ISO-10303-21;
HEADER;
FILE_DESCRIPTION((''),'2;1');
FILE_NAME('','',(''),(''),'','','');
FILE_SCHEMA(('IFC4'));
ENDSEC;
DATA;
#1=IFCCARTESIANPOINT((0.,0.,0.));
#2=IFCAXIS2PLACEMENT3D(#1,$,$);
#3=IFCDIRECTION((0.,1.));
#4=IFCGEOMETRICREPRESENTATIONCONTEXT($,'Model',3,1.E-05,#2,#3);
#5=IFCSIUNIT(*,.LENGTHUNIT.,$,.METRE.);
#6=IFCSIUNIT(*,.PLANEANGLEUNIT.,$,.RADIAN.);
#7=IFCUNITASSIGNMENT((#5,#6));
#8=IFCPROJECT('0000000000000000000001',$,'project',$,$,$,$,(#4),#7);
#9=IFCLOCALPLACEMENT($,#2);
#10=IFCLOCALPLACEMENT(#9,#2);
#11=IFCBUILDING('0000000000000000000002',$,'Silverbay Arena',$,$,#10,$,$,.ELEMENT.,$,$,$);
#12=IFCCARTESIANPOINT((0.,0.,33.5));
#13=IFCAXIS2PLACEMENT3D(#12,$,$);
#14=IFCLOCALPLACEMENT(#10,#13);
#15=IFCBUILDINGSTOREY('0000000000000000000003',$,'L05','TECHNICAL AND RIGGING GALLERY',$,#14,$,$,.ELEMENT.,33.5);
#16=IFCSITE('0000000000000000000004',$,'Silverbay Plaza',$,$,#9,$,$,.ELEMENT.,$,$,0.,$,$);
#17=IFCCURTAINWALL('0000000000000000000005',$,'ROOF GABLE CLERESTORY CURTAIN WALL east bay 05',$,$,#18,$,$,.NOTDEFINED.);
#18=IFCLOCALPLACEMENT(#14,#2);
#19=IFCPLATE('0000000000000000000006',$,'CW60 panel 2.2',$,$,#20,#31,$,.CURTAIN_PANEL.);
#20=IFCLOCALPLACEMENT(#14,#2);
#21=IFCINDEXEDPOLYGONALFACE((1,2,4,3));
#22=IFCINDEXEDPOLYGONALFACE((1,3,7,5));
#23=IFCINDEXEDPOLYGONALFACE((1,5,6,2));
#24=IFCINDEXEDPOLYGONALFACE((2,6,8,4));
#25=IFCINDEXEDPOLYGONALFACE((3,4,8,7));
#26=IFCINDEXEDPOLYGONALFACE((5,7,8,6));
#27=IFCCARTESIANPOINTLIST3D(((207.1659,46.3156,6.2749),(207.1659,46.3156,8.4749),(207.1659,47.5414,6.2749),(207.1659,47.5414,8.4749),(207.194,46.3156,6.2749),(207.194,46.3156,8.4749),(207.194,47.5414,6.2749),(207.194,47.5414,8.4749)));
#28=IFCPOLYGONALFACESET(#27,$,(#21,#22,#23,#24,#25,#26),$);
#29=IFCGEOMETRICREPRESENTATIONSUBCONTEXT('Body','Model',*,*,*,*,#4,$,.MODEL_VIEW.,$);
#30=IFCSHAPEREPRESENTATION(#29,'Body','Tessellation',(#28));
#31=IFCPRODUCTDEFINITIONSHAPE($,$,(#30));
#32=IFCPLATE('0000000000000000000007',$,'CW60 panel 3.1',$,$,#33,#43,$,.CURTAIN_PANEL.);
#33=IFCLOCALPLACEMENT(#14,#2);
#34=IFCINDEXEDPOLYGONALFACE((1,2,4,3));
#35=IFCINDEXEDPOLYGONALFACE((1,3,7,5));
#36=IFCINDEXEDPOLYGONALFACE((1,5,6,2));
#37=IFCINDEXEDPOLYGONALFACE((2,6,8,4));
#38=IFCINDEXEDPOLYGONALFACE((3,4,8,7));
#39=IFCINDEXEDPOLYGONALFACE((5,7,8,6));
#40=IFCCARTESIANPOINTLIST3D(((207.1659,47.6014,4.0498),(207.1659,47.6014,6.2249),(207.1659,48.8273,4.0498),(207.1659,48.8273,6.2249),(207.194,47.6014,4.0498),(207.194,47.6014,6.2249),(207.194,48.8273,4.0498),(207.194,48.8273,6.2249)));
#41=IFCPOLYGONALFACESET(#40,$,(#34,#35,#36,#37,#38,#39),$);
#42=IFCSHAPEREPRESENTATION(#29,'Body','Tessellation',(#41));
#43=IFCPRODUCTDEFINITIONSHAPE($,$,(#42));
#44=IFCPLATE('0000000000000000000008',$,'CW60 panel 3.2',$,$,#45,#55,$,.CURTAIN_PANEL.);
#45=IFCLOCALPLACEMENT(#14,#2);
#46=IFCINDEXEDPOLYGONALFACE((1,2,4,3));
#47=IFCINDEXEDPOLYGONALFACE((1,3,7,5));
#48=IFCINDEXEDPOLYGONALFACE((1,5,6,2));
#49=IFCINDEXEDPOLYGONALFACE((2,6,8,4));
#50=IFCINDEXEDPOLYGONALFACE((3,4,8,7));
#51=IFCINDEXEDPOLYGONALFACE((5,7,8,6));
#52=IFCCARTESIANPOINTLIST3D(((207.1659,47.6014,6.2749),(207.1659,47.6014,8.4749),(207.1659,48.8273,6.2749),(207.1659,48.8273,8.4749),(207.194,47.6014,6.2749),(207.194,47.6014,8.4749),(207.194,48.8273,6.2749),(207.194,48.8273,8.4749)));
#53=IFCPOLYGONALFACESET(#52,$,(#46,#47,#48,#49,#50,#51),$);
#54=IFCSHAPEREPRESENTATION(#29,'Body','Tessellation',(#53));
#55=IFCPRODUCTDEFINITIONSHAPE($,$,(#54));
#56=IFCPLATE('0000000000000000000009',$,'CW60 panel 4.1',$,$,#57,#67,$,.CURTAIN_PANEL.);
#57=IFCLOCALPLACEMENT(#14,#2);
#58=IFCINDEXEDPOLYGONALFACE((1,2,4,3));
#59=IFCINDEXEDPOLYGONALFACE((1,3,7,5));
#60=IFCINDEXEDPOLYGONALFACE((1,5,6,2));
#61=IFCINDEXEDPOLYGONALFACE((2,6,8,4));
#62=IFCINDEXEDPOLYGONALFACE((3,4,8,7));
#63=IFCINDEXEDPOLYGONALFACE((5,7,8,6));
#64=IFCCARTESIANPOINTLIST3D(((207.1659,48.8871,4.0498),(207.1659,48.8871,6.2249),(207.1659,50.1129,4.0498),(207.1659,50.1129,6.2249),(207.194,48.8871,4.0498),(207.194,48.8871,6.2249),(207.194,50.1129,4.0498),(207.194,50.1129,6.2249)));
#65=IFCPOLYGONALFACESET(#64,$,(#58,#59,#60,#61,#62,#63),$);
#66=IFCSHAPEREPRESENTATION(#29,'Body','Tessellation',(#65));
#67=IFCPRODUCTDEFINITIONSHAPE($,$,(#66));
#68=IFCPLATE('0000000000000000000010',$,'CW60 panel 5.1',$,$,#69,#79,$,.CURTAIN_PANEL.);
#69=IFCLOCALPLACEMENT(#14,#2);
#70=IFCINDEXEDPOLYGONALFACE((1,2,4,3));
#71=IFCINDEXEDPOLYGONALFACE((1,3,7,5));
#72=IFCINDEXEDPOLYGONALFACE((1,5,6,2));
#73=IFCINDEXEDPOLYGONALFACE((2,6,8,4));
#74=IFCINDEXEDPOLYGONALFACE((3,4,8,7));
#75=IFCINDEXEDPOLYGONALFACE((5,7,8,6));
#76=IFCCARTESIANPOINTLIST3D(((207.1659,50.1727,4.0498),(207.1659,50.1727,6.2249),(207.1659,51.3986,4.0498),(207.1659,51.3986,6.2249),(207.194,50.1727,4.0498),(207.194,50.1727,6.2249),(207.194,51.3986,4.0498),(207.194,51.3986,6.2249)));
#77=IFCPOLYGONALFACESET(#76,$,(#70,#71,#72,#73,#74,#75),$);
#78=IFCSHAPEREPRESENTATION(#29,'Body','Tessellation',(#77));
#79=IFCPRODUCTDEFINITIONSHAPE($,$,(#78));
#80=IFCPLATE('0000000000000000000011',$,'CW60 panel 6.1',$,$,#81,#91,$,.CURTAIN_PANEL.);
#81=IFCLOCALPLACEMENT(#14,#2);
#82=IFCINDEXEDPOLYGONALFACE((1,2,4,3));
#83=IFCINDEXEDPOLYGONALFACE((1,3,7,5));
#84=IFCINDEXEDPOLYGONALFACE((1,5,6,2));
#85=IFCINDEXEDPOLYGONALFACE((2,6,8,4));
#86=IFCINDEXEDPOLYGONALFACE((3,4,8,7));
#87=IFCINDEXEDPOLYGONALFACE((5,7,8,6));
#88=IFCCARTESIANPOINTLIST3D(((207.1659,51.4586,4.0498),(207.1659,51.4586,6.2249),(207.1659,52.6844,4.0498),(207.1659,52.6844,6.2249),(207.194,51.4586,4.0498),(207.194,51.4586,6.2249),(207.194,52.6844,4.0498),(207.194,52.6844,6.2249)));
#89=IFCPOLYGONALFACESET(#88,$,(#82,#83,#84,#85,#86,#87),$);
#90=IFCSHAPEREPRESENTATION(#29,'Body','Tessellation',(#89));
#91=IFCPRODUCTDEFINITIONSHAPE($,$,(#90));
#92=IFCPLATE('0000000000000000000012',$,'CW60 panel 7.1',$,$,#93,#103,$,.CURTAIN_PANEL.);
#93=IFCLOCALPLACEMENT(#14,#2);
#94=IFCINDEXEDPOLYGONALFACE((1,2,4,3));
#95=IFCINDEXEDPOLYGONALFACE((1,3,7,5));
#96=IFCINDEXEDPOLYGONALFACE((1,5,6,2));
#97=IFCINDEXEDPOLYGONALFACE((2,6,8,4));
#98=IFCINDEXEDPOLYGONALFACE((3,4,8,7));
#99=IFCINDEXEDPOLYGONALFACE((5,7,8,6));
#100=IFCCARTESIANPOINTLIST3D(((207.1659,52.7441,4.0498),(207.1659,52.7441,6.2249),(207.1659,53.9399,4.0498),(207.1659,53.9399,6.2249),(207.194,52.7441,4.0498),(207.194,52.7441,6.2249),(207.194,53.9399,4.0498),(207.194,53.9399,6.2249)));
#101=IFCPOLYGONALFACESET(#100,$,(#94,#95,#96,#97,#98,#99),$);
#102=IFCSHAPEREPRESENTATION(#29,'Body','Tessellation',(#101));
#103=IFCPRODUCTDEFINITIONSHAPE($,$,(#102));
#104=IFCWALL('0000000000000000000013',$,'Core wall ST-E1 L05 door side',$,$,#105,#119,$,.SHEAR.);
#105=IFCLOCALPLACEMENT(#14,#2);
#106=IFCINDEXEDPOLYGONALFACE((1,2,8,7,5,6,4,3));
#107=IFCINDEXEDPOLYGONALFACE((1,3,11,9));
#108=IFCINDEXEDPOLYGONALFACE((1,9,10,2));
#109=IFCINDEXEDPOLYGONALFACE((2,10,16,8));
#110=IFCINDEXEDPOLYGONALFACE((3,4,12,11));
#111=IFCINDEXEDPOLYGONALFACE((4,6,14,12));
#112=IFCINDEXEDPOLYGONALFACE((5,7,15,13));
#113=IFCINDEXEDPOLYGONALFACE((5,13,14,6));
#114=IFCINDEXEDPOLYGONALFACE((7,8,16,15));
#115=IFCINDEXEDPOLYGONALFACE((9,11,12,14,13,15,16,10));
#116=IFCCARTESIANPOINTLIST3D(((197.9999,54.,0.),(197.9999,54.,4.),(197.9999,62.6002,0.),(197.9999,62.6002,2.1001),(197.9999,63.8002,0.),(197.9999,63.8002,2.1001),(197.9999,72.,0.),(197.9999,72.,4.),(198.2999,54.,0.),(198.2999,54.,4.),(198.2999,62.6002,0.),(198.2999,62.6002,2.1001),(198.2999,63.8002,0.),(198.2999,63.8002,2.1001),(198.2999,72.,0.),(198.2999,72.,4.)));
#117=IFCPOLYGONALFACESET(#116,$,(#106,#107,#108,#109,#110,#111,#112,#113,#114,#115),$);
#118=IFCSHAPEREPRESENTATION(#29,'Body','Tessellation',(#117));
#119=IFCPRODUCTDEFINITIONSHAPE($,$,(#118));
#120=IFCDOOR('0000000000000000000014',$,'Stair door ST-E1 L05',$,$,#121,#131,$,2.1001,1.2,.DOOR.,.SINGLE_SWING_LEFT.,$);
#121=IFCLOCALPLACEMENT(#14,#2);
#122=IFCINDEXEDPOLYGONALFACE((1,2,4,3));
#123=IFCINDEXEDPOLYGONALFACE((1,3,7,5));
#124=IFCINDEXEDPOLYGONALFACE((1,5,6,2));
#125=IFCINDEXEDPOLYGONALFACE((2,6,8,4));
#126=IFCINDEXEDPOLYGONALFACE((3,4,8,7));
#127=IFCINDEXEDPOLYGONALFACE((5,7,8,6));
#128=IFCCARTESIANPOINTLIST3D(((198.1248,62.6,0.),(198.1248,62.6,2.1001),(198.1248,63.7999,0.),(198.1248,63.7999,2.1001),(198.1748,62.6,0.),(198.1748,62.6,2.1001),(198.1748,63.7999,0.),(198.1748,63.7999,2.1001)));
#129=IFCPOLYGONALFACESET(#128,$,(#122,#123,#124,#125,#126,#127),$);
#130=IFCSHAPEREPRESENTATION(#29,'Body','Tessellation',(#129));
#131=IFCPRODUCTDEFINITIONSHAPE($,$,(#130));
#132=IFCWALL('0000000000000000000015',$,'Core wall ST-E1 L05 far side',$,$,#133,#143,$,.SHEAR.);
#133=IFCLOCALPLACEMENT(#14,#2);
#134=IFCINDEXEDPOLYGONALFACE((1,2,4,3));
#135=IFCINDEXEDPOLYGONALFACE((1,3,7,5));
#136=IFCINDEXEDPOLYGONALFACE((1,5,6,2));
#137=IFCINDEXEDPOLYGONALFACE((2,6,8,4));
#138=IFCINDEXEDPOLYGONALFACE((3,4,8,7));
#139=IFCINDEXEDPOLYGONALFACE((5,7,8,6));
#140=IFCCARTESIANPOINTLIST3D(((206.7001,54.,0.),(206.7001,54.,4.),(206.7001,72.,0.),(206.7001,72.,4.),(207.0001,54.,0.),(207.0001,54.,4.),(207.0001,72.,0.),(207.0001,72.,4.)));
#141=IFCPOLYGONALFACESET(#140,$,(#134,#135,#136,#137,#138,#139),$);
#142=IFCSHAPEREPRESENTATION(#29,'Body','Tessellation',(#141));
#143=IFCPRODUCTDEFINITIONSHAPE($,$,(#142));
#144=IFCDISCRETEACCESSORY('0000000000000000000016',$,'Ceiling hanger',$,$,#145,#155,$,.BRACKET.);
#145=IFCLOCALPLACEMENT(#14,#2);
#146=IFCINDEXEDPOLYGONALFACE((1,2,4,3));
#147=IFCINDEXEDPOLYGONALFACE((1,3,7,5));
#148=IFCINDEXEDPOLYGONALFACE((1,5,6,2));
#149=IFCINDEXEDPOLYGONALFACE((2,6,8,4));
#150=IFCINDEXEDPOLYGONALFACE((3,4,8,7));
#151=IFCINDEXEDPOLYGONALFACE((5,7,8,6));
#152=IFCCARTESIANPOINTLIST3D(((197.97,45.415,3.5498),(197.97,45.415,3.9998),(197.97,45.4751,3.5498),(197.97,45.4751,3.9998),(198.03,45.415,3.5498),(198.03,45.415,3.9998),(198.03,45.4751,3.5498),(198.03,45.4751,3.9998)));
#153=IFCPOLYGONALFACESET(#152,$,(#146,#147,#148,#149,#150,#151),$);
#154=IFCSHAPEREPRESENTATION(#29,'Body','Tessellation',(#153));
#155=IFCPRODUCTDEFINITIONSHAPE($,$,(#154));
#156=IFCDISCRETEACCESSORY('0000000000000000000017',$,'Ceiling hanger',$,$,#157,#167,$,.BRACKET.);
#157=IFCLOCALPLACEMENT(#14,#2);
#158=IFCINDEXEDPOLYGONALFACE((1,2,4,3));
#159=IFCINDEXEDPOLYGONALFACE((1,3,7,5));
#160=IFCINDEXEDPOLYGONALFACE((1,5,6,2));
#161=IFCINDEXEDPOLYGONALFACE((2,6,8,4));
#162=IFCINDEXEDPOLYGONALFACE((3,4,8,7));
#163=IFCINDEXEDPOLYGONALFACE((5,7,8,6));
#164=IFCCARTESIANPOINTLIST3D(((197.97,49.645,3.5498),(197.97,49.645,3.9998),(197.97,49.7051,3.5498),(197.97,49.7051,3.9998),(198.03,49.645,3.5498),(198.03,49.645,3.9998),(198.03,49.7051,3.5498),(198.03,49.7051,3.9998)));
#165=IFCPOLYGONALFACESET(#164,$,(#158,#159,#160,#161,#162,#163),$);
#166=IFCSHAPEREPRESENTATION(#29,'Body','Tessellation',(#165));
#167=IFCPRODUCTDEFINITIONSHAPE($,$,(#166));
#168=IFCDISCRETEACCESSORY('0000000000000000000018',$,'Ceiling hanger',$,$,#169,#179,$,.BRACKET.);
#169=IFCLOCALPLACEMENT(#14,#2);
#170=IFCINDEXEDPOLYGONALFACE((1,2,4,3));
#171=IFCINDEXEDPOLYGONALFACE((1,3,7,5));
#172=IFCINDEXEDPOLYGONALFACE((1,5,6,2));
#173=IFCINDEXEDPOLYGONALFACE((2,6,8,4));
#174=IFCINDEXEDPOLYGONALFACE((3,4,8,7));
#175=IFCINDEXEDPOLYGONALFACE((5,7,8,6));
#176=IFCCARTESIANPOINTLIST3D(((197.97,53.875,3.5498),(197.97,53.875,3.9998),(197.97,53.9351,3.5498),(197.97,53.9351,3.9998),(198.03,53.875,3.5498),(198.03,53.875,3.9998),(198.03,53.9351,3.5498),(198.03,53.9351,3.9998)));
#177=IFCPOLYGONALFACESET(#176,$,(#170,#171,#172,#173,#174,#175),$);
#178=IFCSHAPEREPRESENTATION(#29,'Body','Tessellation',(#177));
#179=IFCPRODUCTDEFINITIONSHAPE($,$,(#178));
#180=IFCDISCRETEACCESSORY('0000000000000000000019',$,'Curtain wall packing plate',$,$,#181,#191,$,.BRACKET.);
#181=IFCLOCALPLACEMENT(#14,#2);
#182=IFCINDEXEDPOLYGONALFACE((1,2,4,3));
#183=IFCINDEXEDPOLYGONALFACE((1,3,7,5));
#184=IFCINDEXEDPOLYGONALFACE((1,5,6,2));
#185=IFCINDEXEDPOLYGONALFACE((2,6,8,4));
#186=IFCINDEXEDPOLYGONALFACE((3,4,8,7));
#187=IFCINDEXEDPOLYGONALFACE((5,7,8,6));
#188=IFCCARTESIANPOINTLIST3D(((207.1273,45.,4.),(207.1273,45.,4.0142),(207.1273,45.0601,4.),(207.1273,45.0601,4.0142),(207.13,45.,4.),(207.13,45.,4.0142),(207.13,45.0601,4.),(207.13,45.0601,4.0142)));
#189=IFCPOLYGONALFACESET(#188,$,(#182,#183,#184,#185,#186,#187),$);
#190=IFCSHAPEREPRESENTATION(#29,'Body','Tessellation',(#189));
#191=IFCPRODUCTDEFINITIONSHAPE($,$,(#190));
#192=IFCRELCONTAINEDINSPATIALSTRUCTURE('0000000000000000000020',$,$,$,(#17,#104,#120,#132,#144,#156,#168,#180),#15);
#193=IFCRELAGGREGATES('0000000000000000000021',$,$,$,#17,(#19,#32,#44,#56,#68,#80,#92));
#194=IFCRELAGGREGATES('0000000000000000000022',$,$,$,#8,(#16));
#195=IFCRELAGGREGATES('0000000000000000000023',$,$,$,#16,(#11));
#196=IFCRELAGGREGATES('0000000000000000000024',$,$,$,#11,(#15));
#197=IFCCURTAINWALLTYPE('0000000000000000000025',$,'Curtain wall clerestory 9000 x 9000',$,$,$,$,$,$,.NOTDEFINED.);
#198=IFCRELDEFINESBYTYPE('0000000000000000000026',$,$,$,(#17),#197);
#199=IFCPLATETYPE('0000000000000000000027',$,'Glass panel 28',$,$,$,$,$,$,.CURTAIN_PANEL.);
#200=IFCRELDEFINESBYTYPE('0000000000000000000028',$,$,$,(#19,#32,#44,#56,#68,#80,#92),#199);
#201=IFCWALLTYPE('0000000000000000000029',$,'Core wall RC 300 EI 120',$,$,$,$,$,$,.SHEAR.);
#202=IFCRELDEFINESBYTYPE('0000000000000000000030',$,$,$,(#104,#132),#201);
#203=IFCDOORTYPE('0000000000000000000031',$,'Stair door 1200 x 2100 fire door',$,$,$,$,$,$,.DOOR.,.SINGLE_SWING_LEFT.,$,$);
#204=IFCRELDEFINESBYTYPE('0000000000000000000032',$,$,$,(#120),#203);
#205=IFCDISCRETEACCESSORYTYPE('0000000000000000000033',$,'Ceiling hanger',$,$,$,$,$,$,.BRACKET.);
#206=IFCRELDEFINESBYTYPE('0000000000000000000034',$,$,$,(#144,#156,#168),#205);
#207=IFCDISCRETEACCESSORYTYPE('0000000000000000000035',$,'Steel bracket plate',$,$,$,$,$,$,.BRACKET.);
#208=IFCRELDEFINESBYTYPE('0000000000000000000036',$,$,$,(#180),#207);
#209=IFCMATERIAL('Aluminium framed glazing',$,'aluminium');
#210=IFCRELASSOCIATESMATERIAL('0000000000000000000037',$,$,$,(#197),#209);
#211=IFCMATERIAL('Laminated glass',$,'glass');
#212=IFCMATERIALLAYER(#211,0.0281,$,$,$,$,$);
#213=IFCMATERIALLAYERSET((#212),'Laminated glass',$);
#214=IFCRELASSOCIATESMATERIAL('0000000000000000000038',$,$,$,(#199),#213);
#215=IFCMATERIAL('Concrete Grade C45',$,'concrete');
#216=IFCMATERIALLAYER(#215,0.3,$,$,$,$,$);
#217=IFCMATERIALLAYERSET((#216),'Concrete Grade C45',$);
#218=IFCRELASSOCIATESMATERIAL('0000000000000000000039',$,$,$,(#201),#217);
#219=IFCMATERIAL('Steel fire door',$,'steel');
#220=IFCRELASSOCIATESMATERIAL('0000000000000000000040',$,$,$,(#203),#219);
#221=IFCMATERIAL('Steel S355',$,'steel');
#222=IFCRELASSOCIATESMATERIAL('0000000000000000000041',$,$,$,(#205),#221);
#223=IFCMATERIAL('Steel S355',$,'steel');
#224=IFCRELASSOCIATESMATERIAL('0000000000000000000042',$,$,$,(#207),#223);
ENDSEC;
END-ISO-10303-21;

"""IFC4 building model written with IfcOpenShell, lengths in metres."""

from ifc_helpers import new_model, si_unit, direction, frame, frame_2d, origin, origin_2d, place, context, subcontext, project, spatial, rectangle, extrude, material, layer, layer_set, type_object, element, fill, aggregate, save


model = new_model("IFC4")

# Units and contexts
model_context = context("Model", 3, precision=1e-05, world=origin(), true_north=direction((0.0, 1.0)))
body_context = subcontext(model_context, "Body", "Model", "MODEL_VIEW")
ifc_project = project(units=[si_unit("LENGTHUNIT", "METRE"), si_unit("PLANEANGLEUNIT", "RADIAN")], contexts=[model_context])

# Site, building, storey
site_placement = place(None, origin())
site = spatial("IfcSite", under=ifc_project, at=site_placement, Name="Silverbay Plaza", CompositionType="ELEMENT", RefElevation=0.0)
building_placement = place(site_placement, origin())
building = spatial("IfcBuilding", under=site, at=building_placement, Name="Silverbay Arena", CompositionType="ELEMENT")
storey_placement = place(building_placement, frame((0.0, 0.0, 33.5)))
storey = spatial("IfcBuildingStorey", under=building, at=storey_placement, Name="L05", Description="TECHNICAL AND RIGGING GALLERY", CompositionType="ELEMENT", Elevation=33.5)

# Curtain wall, plates
ifc_material_1 = material(Name="Aluminium framed glazing", Category="aluminium")
curtain_wall_type = type_object("IfcCurtainWallType", Name="Curtain wall clerestory 9000 x 9000", PredefinedType="NOTDEFINED", material=ifc_material_1)
curtain_wall_placement = place(storey_placement, origin())
curtain_wall = element("IfcCurtainWall", 1, at=curtain_wall_placement, inside=storey, type_object=curtain_wall_type, Name="ROOF GABLE CLERESTORY CURTAIN WALL east bay 05", PredefinedType="NOTDEFINED")
ifc_material_2 = material(Name="Laminated glass", Category="glass")
ifc_layer_1 = layer(ifc_material_2, 0.0281)
ifc_layer_set_1 = layer_set([ifc_layer_1], Name="Laminated glass")
plate_type = type_object("IfcPlateType", Name="Glass panel 28", PredefinedType="CURTAIN_PANEL", material=ifc_layer_set_1)
plate_1_placement = place(storey_placement, frame((207.1799, 46.9285, 6.2749), z_axis=(0.0, 0.0, 1.0), x_axis=(0.0, 1.0, 0.0)))
plate_1 = element("IfcPlate", 2, at=plate_1_placement, type_object=plate_type, Name="CW60 panel 2.2", PredefinedType="CURTAIN_PANEL", context=body_context, shape_type="SweptSolid", body=[
    extrude(rectangle(XDim=1.2258, YDim=0.0281, at=origin_2d()), origin(), (0.0, 0.0, 1.0), 2.2),
])
plate_2_placement = place(storey_placement, frame((207.1799, 48.2144, 4.0498), z_axis=(0.0, 0.0, 1.0), x_axis=(0.0, 1.0, 0.0)))
plate_2 = element("IfcPlate", 3, at=plate_2_placement, type_object=plate_type, Name="CW60 panel 3.1", PredefinedType="CURTAIN_PANEL", context=body_context, shape_type="SweptSolid", body=[
    extrude(rectangle(XDim=1.2258, YDim=0.0281, at=origin_2d()), origin(), (0.0, 0.0, 1.0), 2.175),
])
plate_3_placement = place(storey_placement, frame((207.1799, 48.2144, 6.2749), z_axis=(0.0, 0.0, 1.0), x_axis=(0.0, 1.0, 0.0)))
plate_3 = element("IfcPlate", 4, at=plate_3_placement, type_object=plate_type, Name="CW60 panel 3.2", PredefinedType="CURTAIN_PANEL", context=body_context, shape_type="SweptSolid", body=[
    extrude(rectangle(XDim=1.2258, YDim=0.0281, at=origin_2d()), origin(), (0.0, 0.0, 1.0), 2.2),
])
plate_4_placement = place(storey_placement, frame((207.1799, 49.5, 4.0498), z_axis=(0.0, 0.0, 1.0), x_axis=(0.0, 1.0, 0.0)))
plate_4 = element("IfcPlate", 5, at=plate_4_placement, type_object=plate_type, Name="CW60 panel 4.1", PredefinedType="CURTAIN_PANEL", context=body_context, shape_type="SweptSolid", body=[
    extrude(rectangle(XDim=1.2258, YDim=0.0281, at=origin_2d()), origin(), (0.0, 0.0, 1.0), 2.175),
])
plate_5_placement = place(storey_placement, frame((207.1799, 50.7856, 4.0498), z_axis=(0.0, 0.0, 1.0), x_axis=(0.0, 1.0, 0.0)))
plate_5 = element("IfcPlate", 6, at=plate_5_placement, type_object=plate_type, Name="CW60 panel 5.1", PredefinedType="CURTAIN_PANEL", context=body_context, shape_type="SweptSolid", body=[
    extrude(rectangle(XDim=1.2258, YDim=0.0281, at=origin_2d()), origin(), (0.0, 0.0, 1.0), 2.175),
])
plate_6_placement = place(storey_placement, frame((207.1799, 52.0715, 4.0498), z_axis=(0.0, 0.0, 1.0), x_axis=(0.0, 1.0, 0.0)))
plate_6 = element("IfcPlate", 7, at=plate_6_placement, type_object=plate_type, Name="CW60 panel 6.1", PredefinedType="CURTAIN_PANEL", context=body_context, shape_type="SweptSolid", body=[
    extrude(rectangle(XDim=1.2258, YDim=0.0281, at=origin_2d()), origin(), (0.0, 0.0, 1.0), 2.175),
])
plate_7_placement = place(storey_placement, frame((207.1799, 53.342, 4.0498), z_axis=(0.0, 0.0, 1.0), x_axis=(0.0, 1.0, 0.0)))
plate_7 = element("IfcPlate", 8, at=plate_7_placement, type_object=plate_type, Name="CW60 panel 7.1", PredefinedType="CURTAIN_PANEL", context=body_context, shape_type="SweptSolid", body=[
    extrude(rectangle(XDim=1.1958, YDim=0.0281, at=origin_2d()), origin(), (0.0, 0.0, 1.0), 2.175),
])
aggregate(curtain_wall, [plate_1, plate_2, plate_3, plate_4, plate_5, plate_6, plate_7])

# Wall, opening, door
ifc_material_3 = material(Name="Concrete Grade C45", Category="concrete")
ifc_layer_2 = layer(ifc_material_3, 0.3)
ifc_layer_set_2 = layer_set([ifc_layer_2], Name="Concrete Grade C45")
wall_type = type_object("IfcWallType", Name="Core wall RC 300 EI 120", PredefinedType="SHEAR", material=ifc_layer_set_2)
wall_1_placement = place(storey_placement, frame((198.1499, 54.0, 0.0), z_axis=(0.0, 0.0, 1.0), x_axis=(0.0, 1.0, 0.0)))
wall_1 = element("IfcWall", 9, at=wall_1_placement, inside=storey, type_object=wall_type, Name="Core wall ST-E1 L05 door side", PredefinedType="SHEAR", context=body_context, shape_type="SweptSolid", body=[
    extrude(rectangle(XDim=18.0, YDim=0.3, at=frame_2d((9.0, 0.0))), origin(), (0.0, 0.0, 1.0), 4.0),
])
opening_placement = place(wall_1_placement, frame((8.6001, 0.0, 0.0)))
opening = element("IfcOpeningElement", 10, at=opening_placement, cuts=wall_1, PredefinedType="OPENING", context=body_context, shape_type="SweptSolid", body=[
    extrude(rectangle(XDim=1.2, YDim=2.1001, at=frame_2d((0.6001, 1.05))), frame((0.0, 0.1602, 0.0), z_axis=(0.0, -1.0, 0.0), x_axis=(1.0, 0.0, 0.0)), (0.0, 0.0, 1.0), 0.3201),
])
ifc_material_4 = material(Name="Steel fire door", Category="steel")
door_type = type_object("IfcDoorType", Name="Stair door 1200 x 2100 fire door", OperationType="SINGLE_SWING_LEFT", PredefinedType="DOOR", material=ifc_material_4)
door_placement = place(opening_placement, frame((1.2, 0.0, 0.0), z_axis=(0.0, 0.0, 1.0), x_axis=(-1.0, 0.0, 0.0)))
door = element("IfcDoor", 11, at=door_placement, inside=storey, type_object=door_type, Name="Stair door ST-E1 L05", OperationType="SINGLE_SWING_LEFT", OverallHeight=2.1001, OverallWidth=1.2, PredefinedType="DOOR", context=body_context, shape_type="SweptSolid", body=[
    extrude(rectangle(XDim=1.2, YDim=2.1001, at=frame_2d((0.6001, 1.05))), frame((0.0, 0.0249, 0.0), z_axis=(0.0, -1.0, 0.0), x_axis=(1.0, 0.0, 0.0)), (0.0, 0.0, 1.0), 0.05),
])
fill(opening, door)

# Wall
wall_2_placement = place(storey_placement, frame((206.8501, 54.0, 0.0), z_axis=(0.0, 0.0, 1.0), x_axis=(0.0, 1.0, 0.0)))
element("IfcWall", 12, at=wall_2_placement, inside=storey, type_object=wall_type, Name="Core wall ST-E1 L05 far side", PredefinedType="SHEAR", context=body_context, shape_type="SweptSolid", body=[
    extrude(rectangle(XDim=18.0, YDim=0.3, at=frame_2d((9.0, 0.0))), origin(), (0.0, 0.0, 1.0), 4.0),
])

# Discrete accessories
ifc_material_5 = material(Name="Steel S355", Category="steel")
discrete_accessory_type_1 = type_object("IfcDiscreteAccessoryType", Name="Ceiling hanger", PredefinedType="BRACKET", material=ifc_material_5)
for number, where, z_axis, x_axis, name in (
    (13, (198.0, 45.4451, 3.5498), (0.0, 0.0, 1.0), (1.0, 0.0, 0.0), "Ceiling hanger"),
    (14, (198.0, 49.675, 3.5498), (0.0, 0.0, 1.0), (1.0, 0.0, 0.0), "Ceiling hanger"),
    (15, (198.0, 53.905, 3.5498), (0.0, 0.0, 1.0), (1.0, 0.0, 0.0), "Ceiling hanger"),
):
    element("IfcDiscreteAccessory", number, at=place(storey_placement, frame(where, z_axis=z_axis, x_axis=x_axis)), inside=storey, type_object=discrete_accessory_type_1, Name=name, PredefinedType="BRACKET", context=body_context, shape_type="SweptSolid", body=[
        extrude(rectangle(XDim=0.0601, YDim=0.0601, at=origin_2d()), origin(), (0.0, 0.0, 1.0), 0.45),
    ])
ifc_material_6 = material(Name="Steel S355", Category="steel")
discrete_accessory_type_2 = type_object("IfcDiscreteAccessoryType", Name="Steel bracket plate", PredefinedType="BRACKET", material=ifc_material_6)
for number, where, z_axis, x_axis, name in (
    (16, (207.1287, 45.03, 4.0), (0.0, 0.0, 1.0), (1.0, 0.0, 0.0), "Curtain wall packing plate"),
):
    element("IfcDiscreteAccessory", number, at=place(storey_placement, frame(where, z_axis=z_axis, x_axis=x_axis)), inside=storey, type_object=discrete_accessory_type_2, Name=name, PredefinedType="BRACKET", context=body_context, shape_type="SweptSolid", body=[
        extrude(rectangle(XDim=0.0027, YDim=0.0601, at=origin_2d()), origin(), (0.0, 0.0, 1.0), 0.0142),
    ])

save(model, "model.ifc")
